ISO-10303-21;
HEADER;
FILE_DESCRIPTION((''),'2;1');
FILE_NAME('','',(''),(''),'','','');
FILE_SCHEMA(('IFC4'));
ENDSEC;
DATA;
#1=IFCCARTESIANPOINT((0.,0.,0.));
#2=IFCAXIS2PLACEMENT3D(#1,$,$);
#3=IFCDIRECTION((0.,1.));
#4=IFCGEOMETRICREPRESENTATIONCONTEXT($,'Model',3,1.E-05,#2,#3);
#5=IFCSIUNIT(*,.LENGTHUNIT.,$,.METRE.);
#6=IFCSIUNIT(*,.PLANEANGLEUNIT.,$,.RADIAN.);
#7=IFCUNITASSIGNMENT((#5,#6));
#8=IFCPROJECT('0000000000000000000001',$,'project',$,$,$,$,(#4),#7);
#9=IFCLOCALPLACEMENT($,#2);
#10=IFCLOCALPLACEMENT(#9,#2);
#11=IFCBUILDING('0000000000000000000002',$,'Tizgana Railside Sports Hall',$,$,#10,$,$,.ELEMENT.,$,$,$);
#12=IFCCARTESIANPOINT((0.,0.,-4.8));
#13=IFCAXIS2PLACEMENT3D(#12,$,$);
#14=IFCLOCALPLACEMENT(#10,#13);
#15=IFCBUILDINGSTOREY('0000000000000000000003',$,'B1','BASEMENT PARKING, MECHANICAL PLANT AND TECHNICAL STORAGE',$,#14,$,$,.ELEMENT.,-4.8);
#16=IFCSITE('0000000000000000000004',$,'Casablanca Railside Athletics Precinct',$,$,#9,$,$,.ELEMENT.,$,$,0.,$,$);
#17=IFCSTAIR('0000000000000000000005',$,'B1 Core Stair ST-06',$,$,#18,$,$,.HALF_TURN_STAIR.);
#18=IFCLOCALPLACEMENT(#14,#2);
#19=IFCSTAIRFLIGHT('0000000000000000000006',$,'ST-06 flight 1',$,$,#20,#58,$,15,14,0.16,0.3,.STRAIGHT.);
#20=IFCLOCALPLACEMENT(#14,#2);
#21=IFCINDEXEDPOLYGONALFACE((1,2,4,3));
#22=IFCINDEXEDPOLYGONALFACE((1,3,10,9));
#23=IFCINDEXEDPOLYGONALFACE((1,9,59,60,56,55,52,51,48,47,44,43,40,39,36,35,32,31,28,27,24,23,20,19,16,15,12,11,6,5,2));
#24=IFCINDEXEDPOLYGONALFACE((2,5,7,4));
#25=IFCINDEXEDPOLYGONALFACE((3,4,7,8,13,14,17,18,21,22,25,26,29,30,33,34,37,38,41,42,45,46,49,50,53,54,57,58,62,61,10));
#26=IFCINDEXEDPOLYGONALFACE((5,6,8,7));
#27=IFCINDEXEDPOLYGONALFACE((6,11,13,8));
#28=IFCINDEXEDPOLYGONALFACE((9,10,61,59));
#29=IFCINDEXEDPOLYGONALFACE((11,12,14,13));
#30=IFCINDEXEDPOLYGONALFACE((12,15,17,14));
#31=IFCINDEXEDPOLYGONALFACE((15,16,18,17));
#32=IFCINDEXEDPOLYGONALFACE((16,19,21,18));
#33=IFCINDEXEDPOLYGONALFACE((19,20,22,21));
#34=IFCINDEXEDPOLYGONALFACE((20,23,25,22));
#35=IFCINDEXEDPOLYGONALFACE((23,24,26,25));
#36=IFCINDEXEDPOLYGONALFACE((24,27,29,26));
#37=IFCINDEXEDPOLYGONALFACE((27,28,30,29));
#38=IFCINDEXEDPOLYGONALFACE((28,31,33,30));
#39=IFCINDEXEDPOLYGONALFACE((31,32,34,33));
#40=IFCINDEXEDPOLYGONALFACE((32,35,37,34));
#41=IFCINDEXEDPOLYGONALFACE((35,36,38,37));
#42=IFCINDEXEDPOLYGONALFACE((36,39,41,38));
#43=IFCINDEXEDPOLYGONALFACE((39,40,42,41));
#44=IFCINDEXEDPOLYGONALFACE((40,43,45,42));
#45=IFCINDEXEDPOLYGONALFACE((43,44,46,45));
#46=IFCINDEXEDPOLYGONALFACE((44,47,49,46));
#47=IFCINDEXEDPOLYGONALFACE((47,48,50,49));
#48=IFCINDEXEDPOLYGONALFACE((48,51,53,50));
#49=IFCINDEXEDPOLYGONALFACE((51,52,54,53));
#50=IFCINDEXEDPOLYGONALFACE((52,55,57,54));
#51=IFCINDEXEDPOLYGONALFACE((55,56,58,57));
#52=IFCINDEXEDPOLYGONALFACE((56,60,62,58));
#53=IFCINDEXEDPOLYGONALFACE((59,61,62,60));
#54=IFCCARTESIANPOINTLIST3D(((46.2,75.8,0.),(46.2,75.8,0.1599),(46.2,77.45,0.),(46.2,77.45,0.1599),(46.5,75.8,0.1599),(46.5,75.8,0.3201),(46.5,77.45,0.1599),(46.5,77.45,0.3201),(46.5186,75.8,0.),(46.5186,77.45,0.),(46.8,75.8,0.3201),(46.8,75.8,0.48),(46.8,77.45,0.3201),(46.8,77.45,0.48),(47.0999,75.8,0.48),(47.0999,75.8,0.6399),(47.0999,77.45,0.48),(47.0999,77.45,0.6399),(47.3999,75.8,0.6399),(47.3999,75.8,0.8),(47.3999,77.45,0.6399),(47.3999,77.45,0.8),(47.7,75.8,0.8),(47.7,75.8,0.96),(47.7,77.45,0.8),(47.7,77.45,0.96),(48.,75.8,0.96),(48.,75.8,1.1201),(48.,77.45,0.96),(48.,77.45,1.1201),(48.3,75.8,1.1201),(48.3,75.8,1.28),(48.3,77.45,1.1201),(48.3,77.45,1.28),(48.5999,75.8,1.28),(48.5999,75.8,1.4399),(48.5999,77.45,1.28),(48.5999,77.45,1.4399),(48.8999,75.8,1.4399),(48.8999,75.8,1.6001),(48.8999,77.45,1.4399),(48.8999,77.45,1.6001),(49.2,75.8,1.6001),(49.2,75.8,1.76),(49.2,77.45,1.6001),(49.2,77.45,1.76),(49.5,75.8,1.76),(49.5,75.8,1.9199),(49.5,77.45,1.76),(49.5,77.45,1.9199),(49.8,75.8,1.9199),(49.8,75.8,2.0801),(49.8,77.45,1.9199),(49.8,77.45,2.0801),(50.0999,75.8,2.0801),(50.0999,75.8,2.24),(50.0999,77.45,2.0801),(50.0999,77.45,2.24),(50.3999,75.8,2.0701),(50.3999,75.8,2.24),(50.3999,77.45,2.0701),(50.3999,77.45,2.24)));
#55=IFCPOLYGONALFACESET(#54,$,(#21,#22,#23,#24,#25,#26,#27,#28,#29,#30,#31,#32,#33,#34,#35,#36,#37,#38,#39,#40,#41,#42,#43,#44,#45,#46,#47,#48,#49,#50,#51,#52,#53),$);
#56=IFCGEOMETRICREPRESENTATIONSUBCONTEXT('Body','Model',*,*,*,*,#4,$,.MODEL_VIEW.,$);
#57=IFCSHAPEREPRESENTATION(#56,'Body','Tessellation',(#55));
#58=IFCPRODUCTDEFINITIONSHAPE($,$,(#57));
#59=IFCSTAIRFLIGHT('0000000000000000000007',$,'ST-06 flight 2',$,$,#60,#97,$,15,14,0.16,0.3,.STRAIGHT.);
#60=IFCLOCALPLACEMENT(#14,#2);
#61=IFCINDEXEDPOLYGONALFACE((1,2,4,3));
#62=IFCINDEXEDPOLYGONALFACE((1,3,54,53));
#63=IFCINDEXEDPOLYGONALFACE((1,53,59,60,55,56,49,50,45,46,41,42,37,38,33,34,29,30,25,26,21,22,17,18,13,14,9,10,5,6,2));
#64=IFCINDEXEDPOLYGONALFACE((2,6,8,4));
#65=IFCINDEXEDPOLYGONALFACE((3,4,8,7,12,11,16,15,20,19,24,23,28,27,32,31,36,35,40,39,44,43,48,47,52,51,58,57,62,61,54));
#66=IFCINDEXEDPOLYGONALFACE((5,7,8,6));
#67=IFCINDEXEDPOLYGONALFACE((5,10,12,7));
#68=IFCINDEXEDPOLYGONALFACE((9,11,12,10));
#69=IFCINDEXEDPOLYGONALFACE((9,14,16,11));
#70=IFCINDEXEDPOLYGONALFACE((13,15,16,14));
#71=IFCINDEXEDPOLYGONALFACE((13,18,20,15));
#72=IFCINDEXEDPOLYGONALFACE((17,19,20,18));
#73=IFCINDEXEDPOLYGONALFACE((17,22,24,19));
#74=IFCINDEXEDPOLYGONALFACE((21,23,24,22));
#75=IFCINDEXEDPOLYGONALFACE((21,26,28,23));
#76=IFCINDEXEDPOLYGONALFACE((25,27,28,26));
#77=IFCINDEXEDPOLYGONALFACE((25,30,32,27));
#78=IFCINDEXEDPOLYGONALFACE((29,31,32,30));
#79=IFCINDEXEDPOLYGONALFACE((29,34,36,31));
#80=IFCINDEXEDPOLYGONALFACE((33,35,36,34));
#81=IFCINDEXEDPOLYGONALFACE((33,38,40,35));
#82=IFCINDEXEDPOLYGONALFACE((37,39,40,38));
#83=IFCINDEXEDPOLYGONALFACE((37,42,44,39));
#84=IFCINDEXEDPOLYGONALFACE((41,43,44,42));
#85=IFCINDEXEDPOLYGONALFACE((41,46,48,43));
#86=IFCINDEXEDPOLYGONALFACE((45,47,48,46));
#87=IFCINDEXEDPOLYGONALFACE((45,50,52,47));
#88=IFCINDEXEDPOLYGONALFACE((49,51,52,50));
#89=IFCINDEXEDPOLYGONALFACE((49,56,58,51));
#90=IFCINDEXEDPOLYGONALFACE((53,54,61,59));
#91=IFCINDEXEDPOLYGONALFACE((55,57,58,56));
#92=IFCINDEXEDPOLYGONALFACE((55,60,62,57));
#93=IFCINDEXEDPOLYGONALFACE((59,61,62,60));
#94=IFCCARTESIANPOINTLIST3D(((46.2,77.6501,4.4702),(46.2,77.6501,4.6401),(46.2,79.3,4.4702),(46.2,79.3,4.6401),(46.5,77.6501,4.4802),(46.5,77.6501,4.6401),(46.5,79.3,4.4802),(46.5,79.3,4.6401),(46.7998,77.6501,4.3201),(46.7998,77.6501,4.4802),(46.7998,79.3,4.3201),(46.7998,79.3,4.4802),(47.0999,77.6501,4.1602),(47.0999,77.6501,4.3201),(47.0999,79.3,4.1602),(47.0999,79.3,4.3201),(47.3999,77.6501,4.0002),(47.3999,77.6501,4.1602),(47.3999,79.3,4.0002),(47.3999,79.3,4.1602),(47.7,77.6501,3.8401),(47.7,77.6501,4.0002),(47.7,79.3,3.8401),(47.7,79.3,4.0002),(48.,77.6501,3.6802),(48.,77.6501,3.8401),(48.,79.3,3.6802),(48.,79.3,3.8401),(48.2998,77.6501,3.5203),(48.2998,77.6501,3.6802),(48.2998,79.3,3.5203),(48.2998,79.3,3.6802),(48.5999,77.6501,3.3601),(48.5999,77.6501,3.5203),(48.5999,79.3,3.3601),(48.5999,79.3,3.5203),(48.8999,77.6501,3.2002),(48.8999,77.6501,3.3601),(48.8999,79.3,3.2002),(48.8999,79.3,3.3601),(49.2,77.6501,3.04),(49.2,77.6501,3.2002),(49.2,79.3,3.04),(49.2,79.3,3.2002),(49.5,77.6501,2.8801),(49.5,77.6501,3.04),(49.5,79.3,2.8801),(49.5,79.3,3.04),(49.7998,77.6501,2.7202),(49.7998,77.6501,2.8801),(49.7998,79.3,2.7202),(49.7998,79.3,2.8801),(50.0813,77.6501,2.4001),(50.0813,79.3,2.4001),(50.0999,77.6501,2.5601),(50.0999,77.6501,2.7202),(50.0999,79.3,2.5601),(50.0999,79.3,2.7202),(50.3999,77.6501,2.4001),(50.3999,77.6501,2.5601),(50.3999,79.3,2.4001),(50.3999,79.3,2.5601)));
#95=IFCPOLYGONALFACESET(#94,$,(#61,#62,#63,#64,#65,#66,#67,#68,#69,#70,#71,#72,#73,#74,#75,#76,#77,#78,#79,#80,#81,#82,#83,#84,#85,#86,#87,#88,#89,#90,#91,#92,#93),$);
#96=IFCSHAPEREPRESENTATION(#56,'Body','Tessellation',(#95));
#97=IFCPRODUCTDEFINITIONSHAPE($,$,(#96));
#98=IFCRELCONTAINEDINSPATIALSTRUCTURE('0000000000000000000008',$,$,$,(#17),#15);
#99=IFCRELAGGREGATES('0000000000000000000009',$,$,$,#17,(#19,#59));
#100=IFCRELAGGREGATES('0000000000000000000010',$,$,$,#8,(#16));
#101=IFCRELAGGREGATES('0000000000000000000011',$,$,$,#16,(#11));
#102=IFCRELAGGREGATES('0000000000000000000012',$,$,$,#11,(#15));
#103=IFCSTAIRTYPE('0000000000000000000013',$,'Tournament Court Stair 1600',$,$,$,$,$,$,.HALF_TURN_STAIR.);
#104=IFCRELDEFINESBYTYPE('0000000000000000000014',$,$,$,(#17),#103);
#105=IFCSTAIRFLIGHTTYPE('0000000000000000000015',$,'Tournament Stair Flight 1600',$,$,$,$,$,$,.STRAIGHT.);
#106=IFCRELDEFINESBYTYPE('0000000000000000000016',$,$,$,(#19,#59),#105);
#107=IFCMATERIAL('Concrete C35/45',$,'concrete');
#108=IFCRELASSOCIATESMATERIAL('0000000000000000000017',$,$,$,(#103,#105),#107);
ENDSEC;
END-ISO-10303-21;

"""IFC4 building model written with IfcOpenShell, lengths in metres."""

from ifc_helpers import new_model, si_unit, direction, frame, origin, place, context, subcontext, project, spatial, polyline, outline, extrude, material, type_object, element, aggregate, save


model = new_model("IFC4")

# Units and contexts
model_context = context("Model", 3, precision=1e-05, world=origin(), true_north=direction((0.0, 1.0)))
body_context = subcontext(model_context, "Body", "Model", "MODEL_VIEW")
ifc_project = project(units=[si_unit("LENGTHUNIT", "METRE"), si_unit("PLANEANGLEUNIT", "RADIAN")], contexts=[model_context])

# Site, building, storey
site_placement = place(None, origin())
site = spatial("IfcSite", under=ifc_project, at=site_placement, Name="Casablanca Railside Athletics Precinct", CompositionType="ELEMENT", RefElevation=0.0)
building_placement = place(site_placement, origin())
building = spatial("IfcBuilding", under=site, at=building_placement, Name="Tizgana Railside Sports Hall", CompositionType="ELEMENT")
storey_placement = place(building_placement, frame((0.0, 0.0, -4.8)))
storey = spatial("IfcBuildingStorey", under=building, at=storey_placement, Name="B1", Description="BASEMENT PARKING, MECHANICAL PLANT AND TECHNICAL STORAGE", CompositionType="ELEMENT", Elevation=-4.8)

# Shared definitions
ifc_material_1 = material(Name="Concrete C35/45", Category="concrete")

# Stair, stair flights
stair_type = type_object("IfcStairType", Name="Tournament Court Stair 1600", PredefinedType="HALF_TURN_STAIR", material=ifc_material_1)
stair_placement = place(storey_placement, origin())
stair = element("IfcStair", 1, at=stair_placement, inside=storey, type_object=stair_type, Name="B1 Core Stair ST-06", PredefinedType="HALF_TURN_STAIR")
stair_flight_type = type_object("IfcStairFlightType", Name="Tournament Stair Flight 1600", PredefinedType="STRAIGHT", material=ifc_material_1)
stair_flight_1_placement = place(storey_placement, frame((46.2, 76.625, 0.0), z_axis=(0.0, 0.0, 1.0), x_axis=(1.0, 0.0, 0.0)))
stair_flight_1 = element("IfcStairFlight", 2, at=stair_flight_1_placement, type_object=stair_flight_type, Name="ST-06 flight 1", NumberOfRisers=15, NumberOfTreads=14, PredefinedType="STRAIGHT", RiserHeight=0.16, TreadLength=0.3, context=body_context, shape_type="SweptSolid", body=[
    extrude(outline(polyline([(0.0, 0.0), (0.0, 0.1599), (0.3, 0.1599), (0.3, 0.3201), (0.6001, 0.3201), (0.6001, 0.48), (0.8999, 0.48), (0.8999, 0.6399), (1.2, 0.6399), (1.2, 0.8), (1.5, 0.8), (1.5, 0.96), (1.8, 0.96), (1.8, 1.1201), (2.1001, 1.1201), (2.1001, 1.28), (2.3999, 1.28), (2.3999, 1.4399), (2.7, 1.4399), (2.7, 1.6001), (3.0, 1.6001), (3.0, 1.76), (3.3, 1.76), (3.3, 1.9199), (3.6001, 1.9199), (3.6001, 2.0801), (3.8999, 2.0801), (3.8999, 2.24), (4.2, 2.24), (4.2, 2.3999), (4.2, 2.0701), (0.3186, 0.0), (0.0, 0.0)])), frame((0.0, 0.825, 0.0), z_axis=(0.0, -1.0, 0.0), x_axis=(1.0, 0.0, 0.0)), (0.0, 0.0, 1.0), 1.6499),
])
stair_flight_2_placement = place(storey_placement, frame((50.3999, 78.4751, 2.4001), z_axis=(0.0, 0.0, 1.0), x_axis=(-1.0, 0.0, 0.0)))
stair_flight_2 = element("IfcStairFlight", 3, at=stair_flight_2_placement, type_object=stair_flight_type, Name="ST-06 flight 2", NumberOfRisers=15, NumberOfTreads=14, PredefinedType="STRAIGHT", RiserHeight=0.16, TreadLength=0.3, context=body_context, shape_type="SweptSolid", body=[
    extrude(outline(polyline([(0.0, 0.0), (0.0, 0.1599), (0.3, 0.1599), (0.3, 0.3201), (0.6001, 0.3201), (0.6001, 0.48), (0.8999, 0.48), (0.8999, 0.6399), (1.2, 0.6399), (1.2, 0.8), (1.5, 0.8), (1.5, 0.96), (1.8, 0.96), (1.8, 1.1201), (2.1001, 1.1201), (2.1001, 1.28), (2.3999, 1.28), (2.3999, 1.4399), (2.7, 1.4399), (2.7, 1.6001), (3.0, 1.6001), (3.0, 1.76), (3.3, 1.76), (3.3, 1.9199), (3.6001, 1.9199), (3.6001, 2.0801), (3.8999, 2.0801), (3.8999, 2.24), (4.2, 2.24), (4.2, 2.3999), (4.2, 2.0701), (0.3186, 0.0), (0.0, 0.0)])), frame((0.0, 0.825, 0.0), z_axis=(0.0, -1.0, 0.0), x_axis=(1.0, 0.0, 0.0)), (0.0, 0.0, 1.0), 1.6499),
])
aggregate(stair, [stair_flight_1, stair_flight_2])

save(model, "model.ifc")
